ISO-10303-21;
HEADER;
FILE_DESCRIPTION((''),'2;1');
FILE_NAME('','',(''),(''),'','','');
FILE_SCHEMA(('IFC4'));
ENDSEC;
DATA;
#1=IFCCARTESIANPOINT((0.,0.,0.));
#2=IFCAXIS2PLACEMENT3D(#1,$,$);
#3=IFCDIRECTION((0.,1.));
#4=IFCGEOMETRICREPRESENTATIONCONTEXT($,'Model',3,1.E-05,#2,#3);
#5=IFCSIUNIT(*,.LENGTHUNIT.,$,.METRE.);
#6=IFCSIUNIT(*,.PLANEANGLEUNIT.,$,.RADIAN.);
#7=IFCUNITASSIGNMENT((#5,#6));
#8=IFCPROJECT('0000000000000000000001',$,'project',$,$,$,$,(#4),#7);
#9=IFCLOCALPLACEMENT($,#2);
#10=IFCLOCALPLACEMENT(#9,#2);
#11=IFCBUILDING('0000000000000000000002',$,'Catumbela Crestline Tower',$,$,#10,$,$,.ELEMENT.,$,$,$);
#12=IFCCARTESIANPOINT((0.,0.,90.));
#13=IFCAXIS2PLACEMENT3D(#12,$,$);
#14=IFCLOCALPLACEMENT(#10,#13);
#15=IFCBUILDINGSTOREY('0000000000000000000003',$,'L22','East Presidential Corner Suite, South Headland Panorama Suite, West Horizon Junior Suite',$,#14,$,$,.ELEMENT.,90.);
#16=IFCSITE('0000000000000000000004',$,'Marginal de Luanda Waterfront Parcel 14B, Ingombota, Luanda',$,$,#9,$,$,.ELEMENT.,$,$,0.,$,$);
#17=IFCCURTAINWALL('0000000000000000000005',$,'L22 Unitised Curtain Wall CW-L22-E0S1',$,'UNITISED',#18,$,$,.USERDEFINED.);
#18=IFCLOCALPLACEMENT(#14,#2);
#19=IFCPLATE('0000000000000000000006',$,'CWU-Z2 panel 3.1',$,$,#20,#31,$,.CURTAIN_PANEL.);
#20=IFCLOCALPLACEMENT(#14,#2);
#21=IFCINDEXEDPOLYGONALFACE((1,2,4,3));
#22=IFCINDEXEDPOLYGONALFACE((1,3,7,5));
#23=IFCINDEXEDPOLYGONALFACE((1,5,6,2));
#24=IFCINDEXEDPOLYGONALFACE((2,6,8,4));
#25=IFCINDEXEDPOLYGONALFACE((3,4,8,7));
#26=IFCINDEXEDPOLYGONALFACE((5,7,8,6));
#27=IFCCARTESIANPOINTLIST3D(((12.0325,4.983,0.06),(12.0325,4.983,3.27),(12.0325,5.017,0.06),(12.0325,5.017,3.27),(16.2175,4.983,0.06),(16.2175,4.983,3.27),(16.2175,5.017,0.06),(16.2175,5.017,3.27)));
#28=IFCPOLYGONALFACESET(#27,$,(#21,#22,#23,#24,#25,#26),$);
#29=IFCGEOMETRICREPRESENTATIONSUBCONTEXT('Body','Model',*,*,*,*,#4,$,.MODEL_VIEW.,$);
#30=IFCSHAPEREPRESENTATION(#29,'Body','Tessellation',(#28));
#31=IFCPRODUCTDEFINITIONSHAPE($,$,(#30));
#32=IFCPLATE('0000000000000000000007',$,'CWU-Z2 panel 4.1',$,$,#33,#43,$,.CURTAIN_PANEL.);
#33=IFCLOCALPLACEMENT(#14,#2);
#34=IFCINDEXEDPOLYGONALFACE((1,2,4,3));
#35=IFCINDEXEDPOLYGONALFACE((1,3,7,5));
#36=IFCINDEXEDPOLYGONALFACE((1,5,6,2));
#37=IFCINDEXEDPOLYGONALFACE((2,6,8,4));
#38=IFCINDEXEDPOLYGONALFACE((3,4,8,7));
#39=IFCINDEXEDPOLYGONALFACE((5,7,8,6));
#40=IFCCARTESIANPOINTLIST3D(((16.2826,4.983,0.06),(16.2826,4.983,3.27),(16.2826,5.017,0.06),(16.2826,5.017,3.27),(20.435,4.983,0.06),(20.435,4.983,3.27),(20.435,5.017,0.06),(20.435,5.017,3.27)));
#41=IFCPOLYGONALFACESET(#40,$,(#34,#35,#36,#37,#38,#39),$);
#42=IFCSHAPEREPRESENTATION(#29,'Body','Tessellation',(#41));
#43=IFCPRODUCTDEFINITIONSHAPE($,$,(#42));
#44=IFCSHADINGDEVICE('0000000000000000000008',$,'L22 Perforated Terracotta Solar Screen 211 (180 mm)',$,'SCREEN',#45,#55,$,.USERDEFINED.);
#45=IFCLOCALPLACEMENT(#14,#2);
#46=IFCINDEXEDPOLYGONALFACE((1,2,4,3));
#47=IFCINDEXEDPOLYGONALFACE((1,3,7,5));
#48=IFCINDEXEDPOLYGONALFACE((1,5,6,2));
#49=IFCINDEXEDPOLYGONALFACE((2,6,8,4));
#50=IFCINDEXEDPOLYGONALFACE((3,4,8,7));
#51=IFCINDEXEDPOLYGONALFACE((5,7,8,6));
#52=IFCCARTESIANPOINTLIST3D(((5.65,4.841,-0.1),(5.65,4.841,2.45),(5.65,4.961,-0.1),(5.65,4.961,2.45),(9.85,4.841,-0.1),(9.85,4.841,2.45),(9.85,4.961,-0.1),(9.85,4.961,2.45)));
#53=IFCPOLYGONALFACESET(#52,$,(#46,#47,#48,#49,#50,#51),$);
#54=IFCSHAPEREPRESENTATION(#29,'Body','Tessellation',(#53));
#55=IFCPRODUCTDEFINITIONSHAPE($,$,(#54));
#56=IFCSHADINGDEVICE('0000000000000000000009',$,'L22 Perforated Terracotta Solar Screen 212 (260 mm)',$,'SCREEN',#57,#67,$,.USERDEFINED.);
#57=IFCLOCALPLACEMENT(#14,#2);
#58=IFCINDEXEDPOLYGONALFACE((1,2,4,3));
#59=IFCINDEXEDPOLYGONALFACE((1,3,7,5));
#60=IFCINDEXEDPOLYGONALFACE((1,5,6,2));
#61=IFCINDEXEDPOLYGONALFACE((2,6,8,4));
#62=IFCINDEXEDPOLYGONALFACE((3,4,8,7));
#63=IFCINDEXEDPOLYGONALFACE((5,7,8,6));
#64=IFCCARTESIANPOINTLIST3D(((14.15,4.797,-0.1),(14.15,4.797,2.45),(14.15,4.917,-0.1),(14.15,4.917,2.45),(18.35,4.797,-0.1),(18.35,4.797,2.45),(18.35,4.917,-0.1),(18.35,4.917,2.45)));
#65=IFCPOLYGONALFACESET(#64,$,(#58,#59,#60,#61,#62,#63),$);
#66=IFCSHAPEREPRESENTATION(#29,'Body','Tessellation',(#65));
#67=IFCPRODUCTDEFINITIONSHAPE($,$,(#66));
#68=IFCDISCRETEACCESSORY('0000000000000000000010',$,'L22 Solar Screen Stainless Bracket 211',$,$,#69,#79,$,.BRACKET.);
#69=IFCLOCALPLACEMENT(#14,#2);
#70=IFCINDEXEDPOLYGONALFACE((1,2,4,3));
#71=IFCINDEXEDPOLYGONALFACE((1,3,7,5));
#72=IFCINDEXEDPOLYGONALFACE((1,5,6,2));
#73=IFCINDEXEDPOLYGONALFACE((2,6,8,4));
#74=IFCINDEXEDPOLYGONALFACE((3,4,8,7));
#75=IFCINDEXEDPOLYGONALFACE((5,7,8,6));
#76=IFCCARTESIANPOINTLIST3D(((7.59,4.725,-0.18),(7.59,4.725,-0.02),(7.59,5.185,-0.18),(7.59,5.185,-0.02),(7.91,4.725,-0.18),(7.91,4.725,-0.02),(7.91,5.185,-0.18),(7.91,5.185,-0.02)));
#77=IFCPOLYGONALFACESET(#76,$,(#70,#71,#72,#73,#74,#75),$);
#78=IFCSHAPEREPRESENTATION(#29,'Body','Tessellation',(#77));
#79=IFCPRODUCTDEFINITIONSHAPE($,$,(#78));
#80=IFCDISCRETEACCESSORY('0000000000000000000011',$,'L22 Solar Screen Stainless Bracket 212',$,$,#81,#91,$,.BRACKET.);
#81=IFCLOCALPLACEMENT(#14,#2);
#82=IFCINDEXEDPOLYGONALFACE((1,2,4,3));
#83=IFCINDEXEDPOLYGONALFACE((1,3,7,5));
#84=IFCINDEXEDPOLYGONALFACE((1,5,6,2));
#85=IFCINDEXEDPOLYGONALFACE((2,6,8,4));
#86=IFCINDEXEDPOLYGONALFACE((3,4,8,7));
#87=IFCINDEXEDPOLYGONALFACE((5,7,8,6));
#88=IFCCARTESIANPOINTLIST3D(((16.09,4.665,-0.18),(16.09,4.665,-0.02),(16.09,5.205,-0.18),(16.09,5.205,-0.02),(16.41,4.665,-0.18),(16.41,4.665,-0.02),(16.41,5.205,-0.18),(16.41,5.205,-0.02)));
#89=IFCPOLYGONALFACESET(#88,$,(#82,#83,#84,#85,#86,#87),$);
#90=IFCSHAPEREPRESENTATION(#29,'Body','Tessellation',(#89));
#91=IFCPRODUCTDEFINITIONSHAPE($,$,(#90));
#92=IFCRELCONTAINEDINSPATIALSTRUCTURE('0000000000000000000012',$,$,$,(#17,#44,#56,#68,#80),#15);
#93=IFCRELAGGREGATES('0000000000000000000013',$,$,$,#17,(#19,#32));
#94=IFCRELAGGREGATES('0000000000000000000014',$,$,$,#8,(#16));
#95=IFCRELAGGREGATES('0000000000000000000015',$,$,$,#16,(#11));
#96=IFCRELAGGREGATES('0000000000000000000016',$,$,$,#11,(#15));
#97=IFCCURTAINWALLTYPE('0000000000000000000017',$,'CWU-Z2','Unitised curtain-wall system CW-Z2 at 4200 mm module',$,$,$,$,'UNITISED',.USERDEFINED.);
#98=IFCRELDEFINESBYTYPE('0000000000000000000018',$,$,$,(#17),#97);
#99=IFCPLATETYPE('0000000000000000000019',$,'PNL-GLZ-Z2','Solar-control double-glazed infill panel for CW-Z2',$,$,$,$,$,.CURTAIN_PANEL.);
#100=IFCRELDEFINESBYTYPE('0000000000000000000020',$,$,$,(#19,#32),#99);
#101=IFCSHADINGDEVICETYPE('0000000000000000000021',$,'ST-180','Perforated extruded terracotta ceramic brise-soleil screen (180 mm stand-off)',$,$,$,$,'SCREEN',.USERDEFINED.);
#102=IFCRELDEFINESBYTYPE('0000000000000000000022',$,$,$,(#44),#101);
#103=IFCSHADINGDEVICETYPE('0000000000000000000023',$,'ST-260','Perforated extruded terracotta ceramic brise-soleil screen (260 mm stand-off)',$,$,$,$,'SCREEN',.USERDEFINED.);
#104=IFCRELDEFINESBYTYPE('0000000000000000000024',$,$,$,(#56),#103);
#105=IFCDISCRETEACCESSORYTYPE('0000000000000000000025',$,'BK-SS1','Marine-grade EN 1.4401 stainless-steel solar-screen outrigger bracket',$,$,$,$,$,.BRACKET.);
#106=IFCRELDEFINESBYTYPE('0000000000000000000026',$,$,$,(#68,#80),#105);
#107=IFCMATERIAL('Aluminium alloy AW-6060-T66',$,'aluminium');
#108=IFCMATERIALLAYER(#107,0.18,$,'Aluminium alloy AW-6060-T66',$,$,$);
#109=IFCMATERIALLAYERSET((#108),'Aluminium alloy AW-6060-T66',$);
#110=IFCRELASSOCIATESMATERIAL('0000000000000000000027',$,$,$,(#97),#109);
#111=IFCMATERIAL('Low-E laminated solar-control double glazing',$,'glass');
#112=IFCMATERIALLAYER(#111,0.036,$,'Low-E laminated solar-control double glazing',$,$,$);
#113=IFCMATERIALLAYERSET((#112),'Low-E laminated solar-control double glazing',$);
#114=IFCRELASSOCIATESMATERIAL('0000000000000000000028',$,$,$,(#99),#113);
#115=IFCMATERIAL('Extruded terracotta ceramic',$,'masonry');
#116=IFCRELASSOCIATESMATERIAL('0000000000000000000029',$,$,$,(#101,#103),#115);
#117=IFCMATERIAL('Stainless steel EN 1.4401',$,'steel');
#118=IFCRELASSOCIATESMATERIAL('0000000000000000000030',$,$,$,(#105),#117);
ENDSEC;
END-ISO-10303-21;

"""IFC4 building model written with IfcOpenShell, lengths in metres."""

from ifc_helpers import new_model, si_unit, direction, frame, origin, origin_2d, place, context, subcontext, project, spatial, rectangle, extrude, material, layer, layer_set, type_object, element, aggregate, save


model = new_model("IFC4")

# Units and contexts
model_context = context("Model", 3, precision=1e-05, world=origin(), true_north=direction((0.0, 1.0)))
body_context = subcontext(model_context, "Body", "Model", "MODEL_VIEW")
ifc_project = project(units=[si_unit("LENGTHUNIT", "METRE"), si_unit("PLANEANGLEUNIT", "RADIAN")], contexts=[model_context])

# Site, building, storey
site_placement = place(None, origin())
site = spatial("IfcSite", under=ifc_project, at=site_placement, Name="Marginal de Luanda Waterfront Parcel 14B, Ingombota, Luanda", CompositionType="ELEMENT", RefElevation=0.0)
building_placement = place(site_placement, origin())
building = spatial("IfcBuilding", under=site, at=building_placement, Name="Catumbela Crestline Tower", CompositionType="ELEMENT")
storey_placement = place(building_placement, frame((0.0, 0.0, 90.0)))
storey = spatial("IfcBuildingStorey", under=building, at=storey_placement, Name="L22", Description="East Presidential Corner Suite, South Headland Panorama Suite, West Horizon Junior Suite", CompositionType="ELEMENT", Elevation=90.0)

# Curtain wall, plates
ifc_material_1 = material(Name="Aluminium alloy AW-6060-T66", Category="aluminium")
ifc_layer_1 = layer(ifc_material_1, 0.18, Name="Aluminium alloy AW-6060-T66")
ifc_layer_set_1 = layer_set([ifc_layer_1], Name="Aluminium alloy AW-6060-T66")
curtain_wall_type = type_object("IfcCurtainWallType", Name="CWU-Z2", Description="Unitised curtain-wall system CW-Z2 at 4200 mm module", ElementType="UNITISED", PredefinedType="USERDEFINED", material=ifc_layer_set_1)
curtain_wall_placement = place(storey_placement, origin())
curtain_wall = element("IfcCurtainWall", 1, at=curtain_wall_placement, inside=storey, type_object=curtain_wall_type, Name="L22 Unitised Curtain Wall CW-L22-E0S1", ObjectType="UNITISED", PredefinedType="USERDEFINED")
ifc_material_2 = material(Name="Low-E laminated solar-control double glazing", Category="glass")
ifc_layer_2 = layer(ifc_material_2, 0.036, Name="Low-E laminated solar-control double glazing")
ifc_layer_set_2 = layer_set([ifc_layer_2], Name="Low-E laminated solar-control double glazing")
plate_type = type_object("IfcPlateType", Name="PNL-GLZ-Z2", Description="Solar-control double-glazed infill panel for CW-Z2", PredefinedType="CURTAIN_PANEL", material=ifc_layer_set_2)
plate_1_placement = place(storey_placement, frame((14.125, 5.0, 0.06), z_axis=(0.0, 0.0, 1.0), x_axis=(1.0, 0.0, 0.0)))
plate_1 = element("IfcPlate", 2, at=plate_1_placement, type_object=plate_type, Name="CWU-Z2 panel 3.1", PredefinedType="CURTAIN_PANEL", context=body_context, shape_type="SweptSolid", body=[
    extrude(rectangle(XDim=4.185, YDim=0.034, at=origin_2d()), origin(), (0.0, 0.0, 1.0), 3.21),
])
plate_2_placement = place(storey_placement, frame((18.3588, 5.0, 0.06), z_axis=(0.0, 0.0, 1.0), x_axis=(1.0, 0.0, 0.0)))
plate_2 = element("IfcPlate", 3, at=plate_2_placement, type_object=plate_type, Name="CWU-Z2 panel 4.1", PredefinedType="CURTAIN_PANEL", context=body_context, shape_type="SweptSolid", body=[
    extrude(rectangle(XDim=4.1525, YDim=0.034, at=origin_2d()), origin(), (0.0, 0.0, 1.0), 3.21),
])
aggregate(curtain_wall, [plate_1, plate_2])

# Shading devices
ifc_material_3 = material(Name="Extruded terracotta ceramic", Category="masonry")
shading_device_type_1 = type_object("IfcShadingDeviceType", Name="ST-180", Description="Perforated extruded terracotta ceramic brise-soleil screen (180 mm stand-off)", ElementType="SCREEN", PredefinedType="USERDEFINED", material=ifc_material_3)
shading_device_1_placement = place(storey_placement, frame((7.75, 4.901, -0.1), z_axis=(0.0, 0.0, 1.0), x_axis=(1.0, 0.0, 0.0)))
element("IfcShadingDevice", 4, at=shading_device_1_placement, inside=storey, type_object=shading_device_type_1, Name="L22 Perforated Terracotta Solar Screen 211 (180 mm)", ObjectType="SCREEN", PredefinedType="USERDEFINED", context=body_context, shape_type="SweptSolid", body=[
    extrude(rectangle(XDim=4.2, YDim=0.12, at=origin_2d()), origin(), (0.0, 0.0, 1.0), 2.55),
])
shading_device_type_2 = type_object("IfcShadingDeviceType", Name="ST-260", Description="Perforated extruded terracotta ceramic brise-soleil screen (260 mm stand-off)", ElementType="SCREEN", PredefinedType="USERDEFINED", material=ifc_material_3)
shading_device_2_placement = place(storey_placement, frame((16.25, 4.857, -0.1), z_axis=(0.0, 0.0, 1.0), x_axis=(1.0, 0.0, 0.0)))
element("IfcShadingDevice", 5, at=shading_device_2_placement, inside=storey, type_object=shading_device_type_2, Name="L22 Perforated Terracotta Solar Screen 212 (260 mm)", ObjectType="SCREEN", PredefinedType="USERDEFINED", context=body_context, shape_type="SweptSolid", body=[
    extrude(rectangle(XDim=4.2, YDim=0.12, at=origin_2d()), origin(), (0.0, 0.0, 1.0), 2.55),
])

# Discrete accessories
ifc_material_4 = material(Name="Stainless steel EN 1.4401", Category="steel")
discrete_accessory_type = type_object("IfcDiscreteAccessoryType", Name="BK-SS1", Description="Marine-grade EN 1.4401 stainless-steel solar-screen outrigger bracket", PredefinedType="BRACKET", material=ifc_material_4)
discrete_accessory_1_placement = place(storey_placement, frame((7.75, 4.955, -0.18), z_axis=(0.0, 0.0, 1.0), x_axis=(1.0, 0.0, 0.0)))
element("IfcDiscreteAccessory", 6, at=discrete_accessory_1_placement, inside=storey, type_object=discrete_accessory_type, Name="L22 Solar Screen Stainless Bracket 211", PredefinedType="BRACKET", context=body_context, shape_type="SweptSolid", body=[
    extrude(rectangle(XDim=0.32, YDim=0.46, at=origin_2d()), origin(), (0.0, 0.0, 1.0), 0.16),
])
discrete_accessory_2_placement = place(storey_placement, frame((16.25, 4.935, -0.18), z_axis=(0.0, 0.0, 1.0), x_axis=(1.0, 0.0, 0.0)))
element("IfcDiscreteAccessory", 7, at=discrete_accessory_2_placement, inside=storey, type_object=discrete_accessory_type, Name="L22 Solar Screen Stainless Bracket 212", PredefinedType="BRACKET", context=body_context, shape_type="SweptSolid", body=[
    extrude(rectangle(XDim=0.32, YDim=0.54, at=origin_2d()), origin(), (0.0, 0.0, 1.0), 0.16),
])

save(model, "model.ifc")
